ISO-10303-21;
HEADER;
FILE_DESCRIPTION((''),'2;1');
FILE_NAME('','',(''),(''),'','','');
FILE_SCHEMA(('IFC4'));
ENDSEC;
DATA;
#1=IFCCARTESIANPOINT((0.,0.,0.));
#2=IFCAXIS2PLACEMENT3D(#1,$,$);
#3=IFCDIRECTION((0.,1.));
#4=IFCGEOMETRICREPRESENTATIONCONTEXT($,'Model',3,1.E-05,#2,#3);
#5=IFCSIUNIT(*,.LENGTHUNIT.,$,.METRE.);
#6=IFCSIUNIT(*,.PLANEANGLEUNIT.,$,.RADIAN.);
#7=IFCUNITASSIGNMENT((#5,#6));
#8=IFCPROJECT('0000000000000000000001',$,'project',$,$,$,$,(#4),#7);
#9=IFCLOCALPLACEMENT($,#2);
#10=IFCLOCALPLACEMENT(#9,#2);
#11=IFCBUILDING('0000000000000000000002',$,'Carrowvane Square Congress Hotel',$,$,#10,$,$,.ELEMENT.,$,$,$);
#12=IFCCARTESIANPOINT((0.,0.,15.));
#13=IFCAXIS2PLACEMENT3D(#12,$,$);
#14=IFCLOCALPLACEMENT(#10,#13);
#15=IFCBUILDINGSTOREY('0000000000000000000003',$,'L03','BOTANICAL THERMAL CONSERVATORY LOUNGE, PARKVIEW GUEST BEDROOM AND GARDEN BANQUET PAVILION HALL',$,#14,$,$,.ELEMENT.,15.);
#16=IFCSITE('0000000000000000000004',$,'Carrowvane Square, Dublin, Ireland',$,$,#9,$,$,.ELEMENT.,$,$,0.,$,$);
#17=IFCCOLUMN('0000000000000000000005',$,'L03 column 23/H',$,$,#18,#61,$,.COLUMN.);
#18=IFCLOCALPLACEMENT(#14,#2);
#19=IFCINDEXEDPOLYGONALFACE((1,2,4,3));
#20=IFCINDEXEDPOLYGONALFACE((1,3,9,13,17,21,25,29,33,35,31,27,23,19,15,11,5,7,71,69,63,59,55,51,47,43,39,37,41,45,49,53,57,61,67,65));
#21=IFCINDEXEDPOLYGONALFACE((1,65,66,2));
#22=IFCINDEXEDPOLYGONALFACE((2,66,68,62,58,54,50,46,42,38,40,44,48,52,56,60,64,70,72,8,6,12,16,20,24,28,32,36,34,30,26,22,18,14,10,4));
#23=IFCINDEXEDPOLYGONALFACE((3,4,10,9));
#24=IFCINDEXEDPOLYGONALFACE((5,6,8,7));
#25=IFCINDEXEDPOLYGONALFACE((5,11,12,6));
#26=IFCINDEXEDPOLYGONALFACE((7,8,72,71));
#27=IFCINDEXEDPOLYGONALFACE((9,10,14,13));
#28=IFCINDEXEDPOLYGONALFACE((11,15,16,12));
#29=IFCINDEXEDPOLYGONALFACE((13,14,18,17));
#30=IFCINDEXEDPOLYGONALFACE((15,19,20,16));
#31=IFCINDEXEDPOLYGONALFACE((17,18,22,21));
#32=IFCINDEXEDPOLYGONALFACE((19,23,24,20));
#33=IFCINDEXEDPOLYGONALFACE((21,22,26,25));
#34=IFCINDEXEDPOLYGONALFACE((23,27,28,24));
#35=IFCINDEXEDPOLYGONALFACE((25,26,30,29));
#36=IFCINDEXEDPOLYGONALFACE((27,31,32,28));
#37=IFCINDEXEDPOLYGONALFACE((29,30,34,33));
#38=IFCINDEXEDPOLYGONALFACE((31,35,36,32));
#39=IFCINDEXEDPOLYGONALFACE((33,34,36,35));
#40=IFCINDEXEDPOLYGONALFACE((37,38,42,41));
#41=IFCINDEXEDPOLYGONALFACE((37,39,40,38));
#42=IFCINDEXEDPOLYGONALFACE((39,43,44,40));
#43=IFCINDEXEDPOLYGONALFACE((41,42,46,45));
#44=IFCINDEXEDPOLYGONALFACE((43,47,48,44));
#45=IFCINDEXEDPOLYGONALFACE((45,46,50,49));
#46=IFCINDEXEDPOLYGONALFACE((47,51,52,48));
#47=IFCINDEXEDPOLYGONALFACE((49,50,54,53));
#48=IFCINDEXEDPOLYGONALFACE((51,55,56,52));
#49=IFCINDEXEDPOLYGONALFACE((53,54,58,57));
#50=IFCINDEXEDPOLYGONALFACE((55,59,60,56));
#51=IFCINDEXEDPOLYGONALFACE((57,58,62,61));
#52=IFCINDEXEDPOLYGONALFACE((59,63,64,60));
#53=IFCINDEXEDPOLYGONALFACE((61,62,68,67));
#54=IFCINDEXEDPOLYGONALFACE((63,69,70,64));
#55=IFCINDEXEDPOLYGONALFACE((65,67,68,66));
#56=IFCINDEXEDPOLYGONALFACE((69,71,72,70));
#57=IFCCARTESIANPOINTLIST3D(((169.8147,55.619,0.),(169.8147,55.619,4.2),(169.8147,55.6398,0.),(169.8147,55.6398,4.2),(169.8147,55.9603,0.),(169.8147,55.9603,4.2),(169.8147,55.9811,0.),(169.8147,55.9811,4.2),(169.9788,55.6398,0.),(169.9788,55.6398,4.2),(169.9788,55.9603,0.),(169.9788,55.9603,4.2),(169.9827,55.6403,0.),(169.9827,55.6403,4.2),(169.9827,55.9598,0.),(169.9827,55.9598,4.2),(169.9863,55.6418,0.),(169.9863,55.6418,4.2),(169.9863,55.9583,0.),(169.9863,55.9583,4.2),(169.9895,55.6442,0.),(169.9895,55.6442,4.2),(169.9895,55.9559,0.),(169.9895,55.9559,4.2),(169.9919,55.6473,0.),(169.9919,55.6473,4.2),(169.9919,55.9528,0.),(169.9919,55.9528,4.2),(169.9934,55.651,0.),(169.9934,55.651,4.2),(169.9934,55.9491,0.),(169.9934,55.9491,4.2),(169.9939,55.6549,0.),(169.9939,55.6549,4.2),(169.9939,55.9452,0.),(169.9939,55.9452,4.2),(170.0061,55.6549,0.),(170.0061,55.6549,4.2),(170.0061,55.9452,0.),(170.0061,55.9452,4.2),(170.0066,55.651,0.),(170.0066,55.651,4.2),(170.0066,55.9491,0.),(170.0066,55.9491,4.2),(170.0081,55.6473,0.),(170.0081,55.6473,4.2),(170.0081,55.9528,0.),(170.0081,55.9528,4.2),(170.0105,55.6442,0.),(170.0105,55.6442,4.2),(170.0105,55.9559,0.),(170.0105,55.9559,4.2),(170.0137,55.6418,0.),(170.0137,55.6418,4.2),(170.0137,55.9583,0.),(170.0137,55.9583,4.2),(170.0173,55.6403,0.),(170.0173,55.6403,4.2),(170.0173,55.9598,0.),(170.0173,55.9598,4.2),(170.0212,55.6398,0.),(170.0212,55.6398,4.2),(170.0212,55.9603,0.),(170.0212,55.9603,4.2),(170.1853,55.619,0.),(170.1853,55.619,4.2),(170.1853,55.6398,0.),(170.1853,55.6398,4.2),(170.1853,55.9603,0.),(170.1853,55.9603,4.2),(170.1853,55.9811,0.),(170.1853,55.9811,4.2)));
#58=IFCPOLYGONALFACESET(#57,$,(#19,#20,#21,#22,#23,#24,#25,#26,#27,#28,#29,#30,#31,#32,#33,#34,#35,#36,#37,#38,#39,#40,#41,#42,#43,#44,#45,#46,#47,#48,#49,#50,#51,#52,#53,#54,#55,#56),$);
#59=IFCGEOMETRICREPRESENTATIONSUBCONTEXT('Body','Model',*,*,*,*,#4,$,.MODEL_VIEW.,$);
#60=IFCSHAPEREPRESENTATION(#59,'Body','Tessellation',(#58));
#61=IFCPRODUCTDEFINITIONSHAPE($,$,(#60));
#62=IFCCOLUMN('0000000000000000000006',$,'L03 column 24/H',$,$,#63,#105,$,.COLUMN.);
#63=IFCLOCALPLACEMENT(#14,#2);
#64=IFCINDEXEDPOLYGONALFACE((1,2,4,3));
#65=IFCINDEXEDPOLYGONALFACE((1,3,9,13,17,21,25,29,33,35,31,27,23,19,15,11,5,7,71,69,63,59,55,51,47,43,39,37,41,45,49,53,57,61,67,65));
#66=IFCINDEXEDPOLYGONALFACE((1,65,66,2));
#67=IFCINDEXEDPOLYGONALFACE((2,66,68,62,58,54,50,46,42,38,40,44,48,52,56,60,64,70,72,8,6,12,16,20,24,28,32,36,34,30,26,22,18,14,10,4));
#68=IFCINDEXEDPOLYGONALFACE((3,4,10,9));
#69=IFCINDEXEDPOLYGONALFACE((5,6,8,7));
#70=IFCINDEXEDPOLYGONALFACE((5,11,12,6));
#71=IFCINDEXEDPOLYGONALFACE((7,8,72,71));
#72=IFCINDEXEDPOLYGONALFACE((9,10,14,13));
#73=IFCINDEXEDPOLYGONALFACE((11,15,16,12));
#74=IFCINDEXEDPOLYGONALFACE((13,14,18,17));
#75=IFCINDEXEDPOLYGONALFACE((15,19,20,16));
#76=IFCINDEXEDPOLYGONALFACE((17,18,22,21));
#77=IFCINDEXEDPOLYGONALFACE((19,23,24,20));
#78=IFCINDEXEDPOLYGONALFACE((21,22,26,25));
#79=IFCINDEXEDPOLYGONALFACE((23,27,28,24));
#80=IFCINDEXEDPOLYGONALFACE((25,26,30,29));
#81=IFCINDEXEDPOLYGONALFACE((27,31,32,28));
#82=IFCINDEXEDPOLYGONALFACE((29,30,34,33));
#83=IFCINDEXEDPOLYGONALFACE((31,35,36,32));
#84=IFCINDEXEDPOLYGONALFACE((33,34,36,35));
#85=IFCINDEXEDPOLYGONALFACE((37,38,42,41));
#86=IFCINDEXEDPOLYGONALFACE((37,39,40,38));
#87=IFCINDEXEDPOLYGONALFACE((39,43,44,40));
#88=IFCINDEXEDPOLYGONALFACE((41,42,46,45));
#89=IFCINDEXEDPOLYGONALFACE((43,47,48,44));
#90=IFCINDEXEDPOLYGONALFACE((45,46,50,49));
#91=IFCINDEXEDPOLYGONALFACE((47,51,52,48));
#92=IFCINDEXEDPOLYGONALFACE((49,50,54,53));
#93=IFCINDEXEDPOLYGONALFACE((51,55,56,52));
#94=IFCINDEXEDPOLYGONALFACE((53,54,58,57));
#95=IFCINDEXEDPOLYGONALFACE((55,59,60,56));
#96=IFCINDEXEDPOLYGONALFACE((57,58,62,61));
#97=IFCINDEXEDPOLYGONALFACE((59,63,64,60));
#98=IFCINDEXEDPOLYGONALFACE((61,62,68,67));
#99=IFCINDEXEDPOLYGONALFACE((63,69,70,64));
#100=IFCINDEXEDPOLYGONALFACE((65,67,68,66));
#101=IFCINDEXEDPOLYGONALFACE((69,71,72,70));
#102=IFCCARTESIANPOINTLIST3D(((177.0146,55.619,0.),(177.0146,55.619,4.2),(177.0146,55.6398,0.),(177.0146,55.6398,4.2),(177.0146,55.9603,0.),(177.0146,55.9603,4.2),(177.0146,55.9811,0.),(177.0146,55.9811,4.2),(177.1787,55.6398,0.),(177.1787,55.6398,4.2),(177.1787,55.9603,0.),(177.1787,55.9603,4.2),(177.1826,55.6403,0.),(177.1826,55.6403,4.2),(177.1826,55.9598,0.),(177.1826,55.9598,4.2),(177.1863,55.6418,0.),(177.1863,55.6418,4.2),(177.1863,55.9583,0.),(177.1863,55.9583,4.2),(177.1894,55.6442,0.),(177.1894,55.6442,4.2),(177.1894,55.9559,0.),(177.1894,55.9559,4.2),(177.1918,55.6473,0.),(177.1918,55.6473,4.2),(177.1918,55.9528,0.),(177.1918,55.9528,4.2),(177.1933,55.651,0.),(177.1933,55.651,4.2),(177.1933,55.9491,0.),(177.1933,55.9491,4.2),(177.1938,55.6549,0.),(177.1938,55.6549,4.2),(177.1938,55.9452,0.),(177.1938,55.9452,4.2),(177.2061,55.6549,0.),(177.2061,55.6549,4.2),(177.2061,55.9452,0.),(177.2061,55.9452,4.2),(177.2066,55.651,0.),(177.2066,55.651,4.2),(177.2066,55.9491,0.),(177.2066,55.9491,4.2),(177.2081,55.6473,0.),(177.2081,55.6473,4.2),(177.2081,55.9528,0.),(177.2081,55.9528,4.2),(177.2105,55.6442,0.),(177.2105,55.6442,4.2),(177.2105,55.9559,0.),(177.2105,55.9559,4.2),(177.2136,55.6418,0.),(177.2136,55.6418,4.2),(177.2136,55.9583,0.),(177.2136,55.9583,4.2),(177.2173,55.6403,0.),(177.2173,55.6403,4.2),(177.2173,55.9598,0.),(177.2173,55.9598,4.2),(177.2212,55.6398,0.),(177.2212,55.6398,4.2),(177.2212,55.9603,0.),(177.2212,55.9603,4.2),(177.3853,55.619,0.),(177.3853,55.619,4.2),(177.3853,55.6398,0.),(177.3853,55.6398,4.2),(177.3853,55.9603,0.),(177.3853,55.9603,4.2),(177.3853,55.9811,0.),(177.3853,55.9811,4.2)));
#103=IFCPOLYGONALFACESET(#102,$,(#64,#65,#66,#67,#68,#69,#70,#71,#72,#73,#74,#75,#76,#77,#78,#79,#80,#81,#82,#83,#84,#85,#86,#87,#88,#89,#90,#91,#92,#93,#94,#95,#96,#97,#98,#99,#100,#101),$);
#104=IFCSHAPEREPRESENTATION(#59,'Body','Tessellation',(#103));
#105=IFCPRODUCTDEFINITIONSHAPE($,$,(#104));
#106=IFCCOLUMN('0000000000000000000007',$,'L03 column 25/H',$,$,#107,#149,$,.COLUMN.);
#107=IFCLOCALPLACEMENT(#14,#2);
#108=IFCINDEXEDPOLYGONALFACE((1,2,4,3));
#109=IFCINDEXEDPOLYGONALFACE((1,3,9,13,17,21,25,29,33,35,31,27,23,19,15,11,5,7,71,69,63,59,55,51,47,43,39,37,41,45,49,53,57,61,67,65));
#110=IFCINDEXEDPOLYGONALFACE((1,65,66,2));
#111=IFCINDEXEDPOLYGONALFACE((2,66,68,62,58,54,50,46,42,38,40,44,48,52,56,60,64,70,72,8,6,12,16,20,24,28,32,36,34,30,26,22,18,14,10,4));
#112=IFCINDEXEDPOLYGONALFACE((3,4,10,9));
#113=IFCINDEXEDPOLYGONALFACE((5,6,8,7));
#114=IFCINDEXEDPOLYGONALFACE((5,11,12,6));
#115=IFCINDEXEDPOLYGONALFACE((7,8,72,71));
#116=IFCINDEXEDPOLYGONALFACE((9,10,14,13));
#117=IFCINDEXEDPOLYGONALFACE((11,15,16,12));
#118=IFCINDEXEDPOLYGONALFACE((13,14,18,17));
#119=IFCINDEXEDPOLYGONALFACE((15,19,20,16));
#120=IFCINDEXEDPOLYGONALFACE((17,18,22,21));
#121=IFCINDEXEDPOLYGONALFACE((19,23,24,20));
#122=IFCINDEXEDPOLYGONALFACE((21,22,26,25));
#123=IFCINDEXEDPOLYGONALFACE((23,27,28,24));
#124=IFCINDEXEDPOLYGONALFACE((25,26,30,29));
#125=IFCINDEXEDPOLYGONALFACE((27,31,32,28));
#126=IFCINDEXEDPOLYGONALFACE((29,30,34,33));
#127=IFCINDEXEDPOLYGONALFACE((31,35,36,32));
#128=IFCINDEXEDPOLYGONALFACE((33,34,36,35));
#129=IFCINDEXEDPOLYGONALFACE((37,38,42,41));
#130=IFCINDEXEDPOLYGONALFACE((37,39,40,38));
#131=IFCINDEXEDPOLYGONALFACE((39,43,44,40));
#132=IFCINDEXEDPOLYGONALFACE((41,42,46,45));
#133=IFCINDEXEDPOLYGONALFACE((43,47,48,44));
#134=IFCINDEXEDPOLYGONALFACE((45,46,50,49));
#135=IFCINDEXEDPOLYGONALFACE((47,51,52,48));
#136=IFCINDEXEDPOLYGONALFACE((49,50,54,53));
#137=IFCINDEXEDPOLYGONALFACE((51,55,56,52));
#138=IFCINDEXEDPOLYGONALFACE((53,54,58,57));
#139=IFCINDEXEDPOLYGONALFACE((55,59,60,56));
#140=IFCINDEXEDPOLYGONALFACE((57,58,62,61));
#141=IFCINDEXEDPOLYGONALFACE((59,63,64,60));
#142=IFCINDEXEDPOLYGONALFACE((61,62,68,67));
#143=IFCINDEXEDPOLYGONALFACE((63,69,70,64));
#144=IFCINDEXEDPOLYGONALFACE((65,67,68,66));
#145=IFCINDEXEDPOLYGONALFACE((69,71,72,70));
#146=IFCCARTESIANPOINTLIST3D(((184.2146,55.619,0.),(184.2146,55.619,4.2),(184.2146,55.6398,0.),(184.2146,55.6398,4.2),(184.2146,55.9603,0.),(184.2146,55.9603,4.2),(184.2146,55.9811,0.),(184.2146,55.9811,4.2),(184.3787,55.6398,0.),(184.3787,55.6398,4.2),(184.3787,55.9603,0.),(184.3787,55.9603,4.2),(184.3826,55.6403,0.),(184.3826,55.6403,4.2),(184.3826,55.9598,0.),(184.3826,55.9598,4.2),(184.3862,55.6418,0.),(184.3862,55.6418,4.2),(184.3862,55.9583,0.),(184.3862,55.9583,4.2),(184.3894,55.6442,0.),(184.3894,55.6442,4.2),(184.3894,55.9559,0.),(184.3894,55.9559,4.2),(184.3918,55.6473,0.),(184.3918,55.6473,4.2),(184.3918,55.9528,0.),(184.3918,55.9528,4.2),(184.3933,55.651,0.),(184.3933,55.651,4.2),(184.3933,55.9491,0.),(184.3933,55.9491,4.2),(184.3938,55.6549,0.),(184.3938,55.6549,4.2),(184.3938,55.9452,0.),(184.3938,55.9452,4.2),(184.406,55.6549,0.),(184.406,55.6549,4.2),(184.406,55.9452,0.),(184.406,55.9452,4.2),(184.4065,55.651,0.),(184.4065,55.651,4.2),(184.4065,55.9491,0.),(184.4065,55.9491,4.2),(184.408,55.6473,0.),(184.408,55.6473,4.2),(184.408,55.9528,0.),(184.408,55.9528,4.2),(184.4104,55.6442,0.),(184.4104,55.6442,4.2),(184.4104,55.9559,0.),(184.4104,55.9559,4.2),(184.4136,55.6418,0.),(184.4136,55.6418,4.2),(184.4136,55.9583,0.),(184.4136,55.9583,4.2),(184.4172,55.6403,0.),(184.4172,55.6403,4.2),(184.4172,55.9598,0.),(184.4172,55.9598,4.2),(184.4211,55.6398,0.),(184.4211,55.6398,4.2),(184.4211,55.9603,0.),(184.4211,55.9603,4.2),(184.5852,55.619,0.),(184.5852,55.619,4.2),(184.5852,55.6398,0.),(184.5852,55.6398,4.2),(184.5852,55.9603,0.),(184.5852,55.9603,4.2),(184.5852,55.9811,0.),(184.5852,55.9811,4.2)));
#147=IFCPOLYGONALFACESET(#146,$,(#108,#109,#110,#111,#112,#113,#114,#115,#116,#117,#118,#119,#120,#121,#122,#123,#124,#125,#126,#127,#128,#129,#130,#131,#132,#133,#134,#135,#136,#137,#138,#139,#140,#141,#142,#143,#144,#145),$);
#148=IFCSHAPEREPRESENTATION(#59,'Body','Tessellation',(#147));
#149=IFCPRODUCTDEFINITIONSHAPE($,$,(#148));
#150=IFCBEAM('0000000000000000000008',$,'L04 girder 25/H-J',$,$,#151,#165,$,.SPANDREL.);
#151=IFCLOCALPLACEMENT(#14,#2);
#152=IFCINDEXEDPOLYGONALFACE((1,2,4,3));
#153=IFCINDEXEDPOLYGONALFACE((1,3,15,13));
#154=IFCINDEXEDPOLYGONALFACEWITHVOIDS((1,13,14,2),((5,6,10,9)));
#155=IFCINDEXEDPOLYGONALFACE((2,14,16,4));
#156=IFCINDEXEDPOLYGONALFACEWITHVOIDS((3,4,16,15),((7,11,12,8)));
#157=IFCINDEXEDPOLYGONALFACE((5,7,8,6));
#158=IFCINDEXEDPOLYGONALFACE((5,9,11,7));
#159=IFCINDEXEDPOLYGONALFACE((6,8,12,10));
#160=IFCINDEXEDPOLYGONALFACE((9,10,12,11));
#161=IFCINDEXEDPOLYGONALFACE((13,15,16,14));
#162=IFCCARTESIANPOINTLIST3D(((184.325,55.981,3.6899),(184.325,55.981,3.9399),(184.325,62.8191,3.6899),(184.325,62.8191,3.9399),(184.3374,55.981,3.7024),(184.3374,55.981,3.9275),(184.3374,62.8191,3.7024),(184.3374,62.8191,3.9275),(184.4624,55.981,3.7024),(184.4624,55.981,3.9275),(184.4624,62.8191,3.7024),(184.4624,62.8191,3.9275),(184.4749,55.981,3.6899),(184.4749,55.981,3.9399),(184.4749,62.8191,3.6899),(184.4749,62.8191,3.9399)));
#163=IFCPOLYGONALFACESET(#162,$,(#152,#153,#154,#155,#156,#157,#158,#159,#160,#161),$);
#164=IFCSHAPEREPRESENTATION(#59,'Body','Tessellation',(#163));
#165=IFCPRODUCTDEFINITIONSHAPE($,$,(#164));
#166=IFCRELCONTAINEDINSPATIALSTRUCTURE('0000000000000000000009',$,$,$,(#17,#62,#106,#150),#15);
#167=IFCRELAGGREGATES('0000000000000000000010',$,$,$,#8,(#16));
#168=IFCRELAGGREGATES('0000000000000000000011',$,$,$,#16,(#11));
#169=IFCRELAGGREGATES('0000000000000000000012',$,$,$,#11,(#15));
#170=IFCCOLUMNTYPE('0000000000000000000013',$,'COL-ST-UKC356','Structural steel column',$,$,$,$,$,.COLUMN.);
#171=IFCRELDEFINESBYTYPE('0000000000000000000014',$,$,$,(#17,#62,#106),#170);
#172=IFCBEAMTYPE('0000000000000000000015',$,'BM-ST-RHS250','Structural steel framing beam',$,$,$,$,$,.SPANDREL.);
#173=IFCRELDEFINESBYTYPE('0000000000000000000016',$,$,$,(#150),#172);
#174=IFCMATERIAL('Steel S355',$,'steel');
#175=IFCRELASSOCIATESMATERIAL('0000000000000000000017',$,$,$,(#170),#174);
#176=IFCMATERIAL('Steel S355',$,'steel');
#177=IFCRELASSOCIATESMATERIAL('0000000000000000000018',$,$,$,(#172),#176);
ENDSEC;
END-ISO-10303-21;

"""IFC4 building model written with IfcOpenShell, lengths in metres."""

from ifc_helpers import new_model, si_unit, direction, frame, origin, origin_2d, place, context, subcontext, project, spatial, hollow_rectangle, i_section, extrude, material, material_profile, profile_set, type_object, element, save


model = new_model("IFC4")

# Units and contexts
model_context = context("Model", 3, precision=1e-05, world=origin(), true_north=direction((0.0, 1.0)))
body_context = subcontext(model_context, "Body", "Model", "MODEL_VIEW")
ifc_project = project(units=[si_unit("LENGTHUNIT", "METRE"), si_unit("PLANEANGLEUNIT", "RADIAN")], contexts=[model_context])

# Site, building, storey
site_placement = place(None, origin())
site = spatial("IfcSite", under=ifc_project, at=site_placement, Name="Carrowvane Square, Dublin, Ireland", CompositionType="ELEMENT", RefElevation=0.0)
building_placement = place(site_placement, origin())
building = spatial("IfcBuilding", under=site, at=building_placement, Name="Carrowvane Square Congress Hotel", CompositionType="ELEMENT")
storey_placement = place(building_placement, frame((0.0, 0.0, 15.0)))
storey = spatial("IfcBuildingStorey", under=building, at=storey_placement, Name="L03", Description="BOTANICAL THERMAL CONSERVATORY LOUNGE, PARKVIEW GUEST BEDROOM AND GARDEN BANQUET PAVILION HALL", CompositionType="ELEMENT", Elevation=15.0)

# Columns
ifc_material_1 = material(Name="Steel S355", Category="steel")
ifc_material_profile_1 = material_profile(ifc_material_1, i_section(OverallWidth=0.3706, OverallDepth=0.3621, WebThickness=0.0122, FlangeThickness=0.0208, FilletRadius=0.0151, at=origin_2d()), Name="UKC 356x368x153")
ifc_profile_set_1 = profile_set([ifc_material_profile_1], Name="Steel S355")
column_type = type_object("IfcColumnType", Name="COL-ST-UKC356", Description="Structural steel column", PredefinedType="COLUMN", material=ifc_profile_set_1)
for number, where, z_axis, x_axis, name in (
    (1, (170.0, 55.8, 0.0), (0.0, 0.0, 1.0), (1.0, 0.0, 0.0), "L03 column 23/H"),
    (2, (177.2, 55.8, 0.0), (0.0, 0.0, 1.0), (1.0, 0.0, 0.0), "L03 column 24/H"),
    (3, (184.3999, 55.8, 0.0), (0.0, 0.0, 1.0), (1.0, 0.0, 0.0), "L03 column 25/H"),
):
    element("IfcColumn", number, at=place(storey_placement, frame(where, z_axis=z_axis, x_axis=x_axis)), inside=storey, type_object=column_type, Name=name, PredefinedType="COLUMN", context=body_context, shape_type="SweptSolid", body=[
        extrude(i_section(OverallWidth=0.3706, OverallDepth=0.3621, WebThickness=0.0122, FlangeThickness=0.0208, FilletRadius=0.0151, at=origin_2d()), origin(), (0.0, 0.0, 1.0), 4.2),
    ])

# Beam
ifc_material_2 = material(Name="Steel S355", Category="steel")
ifc_material_profile_2 = material_profile(ifc_material_2, hollow_rectangle(XDim=0.1499, YDim=0.25, WallThickness=0.0125, at=origin_2d()), Name="RHS 250x150x12.5")
ifc_profile_set_2 = profile_set([ifc_material_profile_2], Name="Steel S355")
beam_type_1 = type_object("IfcBeamType", Name="BM-ST-RHS250", Description="Structural steel framing beam", PredefinedType="SPANDREL", material=ifc_profile_set_2)
beam_1_placement = place(storey_placement, frame((184.3999, 55.981, 3.8149), z_axis=(0.0, 1.0, 0.0), x_axis=(-1.0, 0.0, 0.0)))
element("IfcBeam", 4, at=beam_1_placement, inside=storey, type_object=beam_type_1, Name="L04 girder 25/H-J", PredefinedType="SPANDREL", context=body_context, shape_type="SweptSolid", body=[
    extrude(hollow_rectangle(XDim=0.1499, YDim=0.25, WallThickness=0.0125, at=origin_2d()), origin(), (0.0, 0.0, 1.0), 6.8381),
])

save(model, "model.ifc")
